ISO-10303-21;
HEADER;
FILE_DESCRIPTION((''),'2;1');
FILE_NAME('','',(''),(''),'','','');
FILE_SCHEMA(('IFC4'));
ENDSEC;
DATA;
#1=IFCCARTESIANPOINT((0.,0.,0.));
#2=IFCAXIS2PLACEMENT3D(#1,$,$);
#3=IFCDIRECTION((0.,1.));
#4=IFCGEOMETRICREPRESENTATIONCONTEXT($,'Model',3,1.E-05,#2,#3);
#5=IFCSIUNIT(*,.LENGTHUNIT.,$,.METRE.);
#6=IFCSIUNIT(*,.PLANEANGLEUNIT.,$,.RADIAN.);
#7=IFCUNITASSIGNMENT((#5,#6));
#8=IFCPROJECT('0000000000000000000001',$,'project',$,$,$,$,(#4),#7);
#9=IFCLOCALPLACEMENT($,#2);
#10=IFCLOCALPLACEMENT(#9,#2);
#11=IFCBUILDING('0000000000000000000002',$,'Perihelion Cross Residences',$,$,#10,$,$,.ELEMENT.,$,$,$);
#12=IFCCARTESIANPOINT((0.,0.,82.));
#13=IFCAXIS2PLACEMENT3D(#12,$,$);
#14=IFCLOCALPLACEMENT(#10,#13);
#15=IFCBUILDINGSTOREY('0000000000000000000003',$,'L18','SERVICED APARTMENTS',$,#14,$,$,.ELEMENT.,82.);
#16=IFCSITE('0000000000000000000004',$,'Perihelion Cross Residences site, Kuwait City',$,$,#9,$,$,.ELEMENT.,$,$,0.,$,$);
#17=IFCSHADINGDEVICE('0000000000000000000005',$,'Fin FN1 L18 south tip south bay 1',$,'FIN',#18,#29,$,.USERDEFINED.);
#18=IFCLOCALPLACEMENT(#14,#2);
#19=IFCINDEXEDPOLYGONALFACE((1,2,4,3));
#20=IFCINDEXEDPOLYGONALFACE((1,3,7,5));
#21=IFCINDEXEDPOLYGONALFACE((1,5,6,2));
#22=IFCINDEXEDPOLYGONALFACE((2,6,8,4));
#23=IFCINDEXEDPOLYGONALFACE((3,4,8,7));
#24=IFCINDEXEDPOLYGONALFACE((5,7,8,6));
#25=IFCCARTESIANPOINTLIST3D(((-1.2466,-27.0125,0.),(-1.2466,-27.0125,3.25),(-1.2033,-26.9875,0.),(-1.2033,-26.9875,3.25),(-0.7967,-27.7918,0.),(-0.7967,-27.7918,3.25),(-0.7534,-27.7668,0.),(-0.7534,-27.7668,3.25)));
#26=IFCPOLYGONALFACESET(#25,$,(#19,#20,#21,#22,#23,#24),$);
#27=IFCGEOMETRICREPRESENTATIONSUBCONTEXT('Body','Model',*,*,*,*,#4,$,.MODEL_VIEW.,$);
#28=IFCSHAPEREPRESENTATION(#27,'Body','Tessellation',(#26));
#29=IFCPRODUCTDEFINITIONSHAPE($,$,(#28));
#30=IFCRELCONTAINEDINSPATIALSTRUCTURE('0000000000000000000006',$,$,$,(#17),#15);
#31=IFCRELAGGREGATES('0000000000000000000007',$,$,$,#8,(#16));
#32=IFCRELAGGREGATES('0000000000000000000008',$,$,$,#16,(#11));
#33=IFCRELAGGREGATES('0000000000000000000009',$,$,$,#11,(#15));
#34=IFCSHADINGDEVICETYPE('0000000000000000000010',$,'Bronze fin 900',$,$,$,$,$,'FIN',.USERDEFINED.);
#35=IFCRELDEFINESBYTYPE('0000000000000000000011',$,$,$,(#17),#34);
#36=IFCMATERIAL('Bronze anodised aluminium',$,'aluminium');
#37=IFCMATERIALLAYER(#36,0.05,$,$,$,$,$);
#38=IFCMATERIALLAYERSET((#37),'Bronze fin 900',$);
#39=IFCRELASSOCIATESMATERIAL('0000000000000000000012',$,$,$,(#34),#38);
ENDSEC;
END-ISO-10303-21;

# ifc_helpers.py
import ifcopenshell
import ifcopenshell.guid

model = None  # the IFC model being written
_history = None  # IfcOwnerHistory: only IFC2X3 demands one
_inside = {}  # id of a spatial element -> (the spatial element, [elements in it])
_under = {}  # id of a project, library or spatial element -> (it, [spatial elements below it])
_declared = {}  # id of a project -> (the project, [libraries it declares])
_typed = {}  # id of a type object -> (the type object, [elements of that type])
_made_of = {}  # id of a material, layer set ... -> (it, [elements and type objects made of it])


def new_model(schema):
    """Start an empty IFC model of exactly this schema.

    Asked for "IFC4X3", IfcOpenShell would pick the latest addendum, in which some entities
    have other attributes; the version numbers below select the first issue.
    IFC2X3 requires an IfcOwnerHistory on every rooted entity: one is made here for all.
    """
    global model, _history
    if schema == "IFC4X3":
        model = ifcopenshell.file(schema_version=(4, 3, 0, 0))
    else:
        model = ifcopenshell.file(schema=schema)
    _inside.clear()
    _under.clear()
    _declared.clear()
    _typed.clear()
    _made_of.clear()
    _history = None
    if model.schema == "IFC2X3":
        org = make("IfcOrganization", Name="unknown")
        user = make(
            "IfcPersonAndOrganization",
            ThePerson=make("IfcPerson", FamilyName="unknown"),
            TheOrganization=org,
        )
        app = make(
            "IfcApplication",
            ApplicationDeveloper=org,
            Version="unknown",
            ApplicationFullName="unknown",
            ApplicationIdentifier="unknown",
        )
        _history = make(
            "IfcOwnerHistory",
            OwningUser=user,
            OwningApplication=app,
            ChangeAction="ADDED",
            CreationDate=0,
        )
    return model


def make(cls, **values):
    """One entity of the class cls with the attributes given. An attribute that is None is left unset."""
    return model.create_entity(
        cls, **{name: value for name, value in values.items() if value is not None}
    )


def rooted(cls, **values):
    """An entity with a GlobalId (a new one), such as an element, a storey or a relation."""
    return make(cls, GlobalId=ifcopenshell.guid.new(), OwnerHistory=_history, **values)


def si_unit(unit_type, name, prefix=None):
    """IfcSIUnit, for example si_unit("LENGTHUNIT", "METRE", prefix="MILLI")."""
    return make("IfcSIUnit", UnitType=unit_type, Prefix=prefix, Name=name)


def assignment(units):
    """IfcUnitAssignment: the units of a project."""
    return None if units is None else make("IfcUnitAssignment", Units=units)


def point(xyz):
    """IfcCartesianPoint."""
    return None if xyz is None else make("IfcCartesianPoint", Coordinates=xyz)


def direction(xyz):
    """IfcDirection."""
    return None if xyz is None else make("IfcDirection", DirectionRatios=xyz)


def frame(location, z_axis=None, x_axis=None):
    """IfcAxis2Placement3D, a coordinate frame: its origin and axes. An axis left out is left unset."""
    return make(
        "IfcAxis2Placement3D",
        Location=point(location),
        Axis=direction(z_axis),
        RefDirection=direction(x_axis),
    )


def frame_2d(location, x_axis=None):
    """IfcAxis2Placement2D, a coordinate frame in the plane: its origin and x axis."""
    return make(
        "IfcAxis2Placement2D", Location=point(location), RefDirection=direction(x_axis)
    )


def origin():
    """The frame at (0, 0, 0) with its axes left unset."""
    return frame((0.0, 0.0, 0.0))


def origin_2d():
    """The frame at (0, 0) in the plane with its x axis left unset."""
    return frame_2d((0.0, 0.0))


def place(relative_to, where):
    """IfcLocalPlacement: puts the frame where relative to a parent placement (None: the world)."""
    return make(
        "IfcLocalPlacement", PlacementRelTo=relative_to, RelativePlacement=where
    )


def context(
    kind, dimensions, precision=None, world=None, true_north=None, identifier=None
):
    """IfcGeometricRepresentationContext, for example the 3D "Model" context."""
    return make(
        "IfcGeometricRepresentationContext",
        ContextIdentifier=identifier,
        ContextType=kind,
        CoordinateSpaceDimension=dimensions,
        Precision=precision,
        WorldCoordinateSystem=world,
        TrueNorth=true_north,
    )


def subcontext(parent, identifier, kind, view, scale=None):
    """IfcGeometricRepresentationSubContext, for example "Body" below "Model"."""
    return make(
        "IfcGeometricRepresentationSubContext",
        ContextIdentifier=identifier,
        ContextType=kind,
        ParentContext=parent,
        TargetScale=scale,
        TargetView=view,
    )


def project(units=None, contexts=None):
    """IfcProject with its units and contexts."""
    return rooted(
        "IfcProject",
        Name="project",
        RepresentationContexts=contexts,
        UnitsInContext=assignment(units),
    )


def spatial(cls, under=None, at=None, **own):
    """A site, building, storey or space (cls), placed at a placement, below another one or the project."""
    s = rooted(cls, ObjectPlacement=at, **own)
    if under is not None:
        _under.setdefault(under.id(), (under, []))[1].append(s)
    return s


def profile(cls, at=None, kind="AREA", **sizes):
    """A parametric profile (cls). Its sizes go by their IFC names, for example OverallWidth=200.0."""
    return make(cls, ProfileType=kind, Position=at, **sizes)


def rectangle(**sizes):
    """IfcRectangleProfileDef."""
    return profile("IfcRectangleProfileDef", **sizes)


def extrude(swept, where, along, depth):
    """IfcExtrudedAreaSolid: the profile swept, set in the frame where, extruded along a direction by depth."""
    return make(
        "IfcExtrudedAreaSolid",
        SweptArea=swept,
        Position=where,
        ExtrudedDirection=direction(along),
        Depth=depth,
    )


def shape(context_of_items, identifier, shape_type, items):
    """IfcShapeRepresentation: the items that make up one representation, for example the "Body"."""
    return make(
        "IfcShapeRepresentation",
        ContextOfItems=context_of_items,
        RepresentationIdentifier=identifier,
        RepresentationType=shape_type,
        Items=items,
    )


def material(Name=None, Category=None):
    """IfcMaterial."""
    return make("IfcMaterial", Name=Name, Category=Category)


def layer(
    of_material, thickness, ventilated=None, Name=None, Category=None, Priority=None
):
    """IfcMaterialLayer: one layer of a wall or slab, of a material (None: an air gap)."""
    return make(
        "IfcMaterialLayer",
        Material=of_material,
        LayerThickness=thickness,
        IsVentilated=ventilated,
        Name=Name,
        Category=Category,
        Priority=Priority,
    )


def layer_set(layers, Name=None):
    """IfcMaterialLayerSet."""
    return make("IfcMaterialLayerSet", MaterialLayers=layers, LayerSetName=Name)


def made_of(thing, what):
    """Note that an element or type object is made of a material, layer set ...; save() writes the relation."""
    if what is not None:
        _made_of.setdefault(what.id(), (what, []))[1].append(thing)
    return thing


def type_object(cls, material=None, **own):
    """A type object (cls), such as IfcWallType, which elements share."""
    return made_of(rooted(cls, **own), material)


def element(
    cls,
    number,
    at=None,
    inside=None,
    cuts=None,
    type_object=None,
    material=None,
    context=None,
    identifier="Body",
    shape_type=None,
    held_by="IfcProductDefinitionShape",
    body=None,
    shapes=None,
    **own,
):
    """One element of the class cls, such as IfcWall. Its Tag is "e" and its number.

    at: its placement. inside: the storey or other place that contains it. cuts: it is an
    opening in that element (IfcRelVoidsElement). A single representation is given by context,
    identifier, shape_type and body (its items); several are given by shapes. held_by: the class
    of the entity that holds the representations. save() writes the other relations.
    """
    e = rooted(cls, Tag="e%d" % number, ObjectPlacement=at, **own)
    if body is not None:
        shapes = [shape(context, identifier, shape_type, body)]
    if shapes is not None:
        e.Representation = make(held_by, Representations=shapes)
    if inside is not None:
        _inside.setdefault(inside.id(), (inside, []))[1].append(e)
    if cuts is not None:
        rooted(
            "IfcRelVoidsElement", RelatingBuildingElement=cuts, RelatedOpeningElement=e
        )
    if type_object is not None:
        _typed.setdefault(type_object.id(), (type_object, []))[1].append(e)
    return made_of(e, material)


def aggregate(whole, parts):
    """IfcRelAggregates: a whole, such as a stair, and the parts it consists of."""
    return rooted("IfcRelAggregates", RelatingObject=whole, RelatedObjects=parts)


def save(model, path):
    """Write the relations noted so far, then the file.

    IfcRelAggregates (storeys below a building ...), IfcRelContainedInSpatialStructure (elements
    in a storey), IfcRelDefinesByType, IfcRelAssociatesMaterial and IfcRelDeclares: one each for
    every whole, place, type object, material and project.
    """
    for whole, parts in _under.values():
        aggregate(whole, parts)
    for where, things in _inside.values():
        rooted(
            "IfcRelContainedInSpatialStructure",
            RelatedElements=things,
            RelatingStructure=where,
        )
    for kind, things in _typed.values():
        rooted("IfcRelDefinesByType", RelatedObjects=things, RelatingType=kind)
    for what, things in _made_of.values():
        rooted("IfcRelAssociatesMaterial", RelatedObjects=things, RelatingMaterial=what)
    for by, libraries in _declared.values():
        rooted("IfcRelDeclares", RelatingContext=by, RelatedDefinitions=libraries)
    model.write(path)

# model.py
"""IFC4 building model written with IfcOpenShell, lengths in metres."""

from ifc_helpers import new_model, si_unit, direction, frame, origin, origin_2d, place, context, subcontext, project, spatial, rectangle, extrude, material, layer, layer_set, type_object, element, save


model = new_model("IFC4")

# Units and contexts
model_context = context("Model", 3, precision=1e-05, world=origin(), true_north=direction((0.0, 1.0)))
body_context = subcontext(model_context, "Body", "Model", "MODEL_VIEW")
ifc_project = project(units=[si_unit("LENGTHUNIT", "METRE"), si_unit("PLANEANGLEUNIT", "RADIAN")], contexts=[model_context])

# Site, building, storey
site_placement = place(None, origin())
site = spatial("IfcSite", under=ifc_project, at=site_placement, Name="Perihelion Cross Residences site, Kuwait City", CompositionType="ELEMENT", RefElevation=0.0)
building_placement = place(site_placement, origin())
building = spatial("IfcBuilding", under=site, at=building_placement, Name="Perihelion Cross Residences", CompositionType="ELEMENT")
storey_placement = place(building_placement, frame((0.0, 0.0, 82.0)))
storey = spatial("IfcBuildingStorey", under=building, at=storey_placement, Name="L18", Description="SERVICED APARTMENTS", CompositionType="ELEMENT", Elevation=82.0)

# Shading device
ifc_material_1 = material(Name="Bronze anodised aluminium", Category="aluminium")
ifc_layer_1 = layer(ifc_material_1, 0.05)
ifc_layer_set_1 = layer_set([ifc_layer_1], Name="Bronze fin 900")
shading_device_type = type_object("IfcShadingDeviceType", Name="Bronze fin 900", ElementType="FIN", PredefinedType="USERDEFINED", material=ifc_layer_set_1)
shading_device_placement = place(storey_placement, frame((-1.0, -27.3896, 0.0), z_axis=(0.0, 0.0, 1.0), x_axis=(0.5, -0.866025, 0.0)))
element("IfcShadingDevice", 1, at=shading_device_placement, inside=storey, type_object=shading_device_type, Name="Fin FN1 L18 south tip south bay 1", ObjectType="FIN", PredefinedType="USERDEFINED", context=body_context, shape_type="SweptSolid", body=[
    extrude(rectangle(XDim=0.8999, YDim=0.05, at=origin_2d()), origin(), (0.0, 0.0, 1.0), 3.25),
])

save(model, "model.ifc")
